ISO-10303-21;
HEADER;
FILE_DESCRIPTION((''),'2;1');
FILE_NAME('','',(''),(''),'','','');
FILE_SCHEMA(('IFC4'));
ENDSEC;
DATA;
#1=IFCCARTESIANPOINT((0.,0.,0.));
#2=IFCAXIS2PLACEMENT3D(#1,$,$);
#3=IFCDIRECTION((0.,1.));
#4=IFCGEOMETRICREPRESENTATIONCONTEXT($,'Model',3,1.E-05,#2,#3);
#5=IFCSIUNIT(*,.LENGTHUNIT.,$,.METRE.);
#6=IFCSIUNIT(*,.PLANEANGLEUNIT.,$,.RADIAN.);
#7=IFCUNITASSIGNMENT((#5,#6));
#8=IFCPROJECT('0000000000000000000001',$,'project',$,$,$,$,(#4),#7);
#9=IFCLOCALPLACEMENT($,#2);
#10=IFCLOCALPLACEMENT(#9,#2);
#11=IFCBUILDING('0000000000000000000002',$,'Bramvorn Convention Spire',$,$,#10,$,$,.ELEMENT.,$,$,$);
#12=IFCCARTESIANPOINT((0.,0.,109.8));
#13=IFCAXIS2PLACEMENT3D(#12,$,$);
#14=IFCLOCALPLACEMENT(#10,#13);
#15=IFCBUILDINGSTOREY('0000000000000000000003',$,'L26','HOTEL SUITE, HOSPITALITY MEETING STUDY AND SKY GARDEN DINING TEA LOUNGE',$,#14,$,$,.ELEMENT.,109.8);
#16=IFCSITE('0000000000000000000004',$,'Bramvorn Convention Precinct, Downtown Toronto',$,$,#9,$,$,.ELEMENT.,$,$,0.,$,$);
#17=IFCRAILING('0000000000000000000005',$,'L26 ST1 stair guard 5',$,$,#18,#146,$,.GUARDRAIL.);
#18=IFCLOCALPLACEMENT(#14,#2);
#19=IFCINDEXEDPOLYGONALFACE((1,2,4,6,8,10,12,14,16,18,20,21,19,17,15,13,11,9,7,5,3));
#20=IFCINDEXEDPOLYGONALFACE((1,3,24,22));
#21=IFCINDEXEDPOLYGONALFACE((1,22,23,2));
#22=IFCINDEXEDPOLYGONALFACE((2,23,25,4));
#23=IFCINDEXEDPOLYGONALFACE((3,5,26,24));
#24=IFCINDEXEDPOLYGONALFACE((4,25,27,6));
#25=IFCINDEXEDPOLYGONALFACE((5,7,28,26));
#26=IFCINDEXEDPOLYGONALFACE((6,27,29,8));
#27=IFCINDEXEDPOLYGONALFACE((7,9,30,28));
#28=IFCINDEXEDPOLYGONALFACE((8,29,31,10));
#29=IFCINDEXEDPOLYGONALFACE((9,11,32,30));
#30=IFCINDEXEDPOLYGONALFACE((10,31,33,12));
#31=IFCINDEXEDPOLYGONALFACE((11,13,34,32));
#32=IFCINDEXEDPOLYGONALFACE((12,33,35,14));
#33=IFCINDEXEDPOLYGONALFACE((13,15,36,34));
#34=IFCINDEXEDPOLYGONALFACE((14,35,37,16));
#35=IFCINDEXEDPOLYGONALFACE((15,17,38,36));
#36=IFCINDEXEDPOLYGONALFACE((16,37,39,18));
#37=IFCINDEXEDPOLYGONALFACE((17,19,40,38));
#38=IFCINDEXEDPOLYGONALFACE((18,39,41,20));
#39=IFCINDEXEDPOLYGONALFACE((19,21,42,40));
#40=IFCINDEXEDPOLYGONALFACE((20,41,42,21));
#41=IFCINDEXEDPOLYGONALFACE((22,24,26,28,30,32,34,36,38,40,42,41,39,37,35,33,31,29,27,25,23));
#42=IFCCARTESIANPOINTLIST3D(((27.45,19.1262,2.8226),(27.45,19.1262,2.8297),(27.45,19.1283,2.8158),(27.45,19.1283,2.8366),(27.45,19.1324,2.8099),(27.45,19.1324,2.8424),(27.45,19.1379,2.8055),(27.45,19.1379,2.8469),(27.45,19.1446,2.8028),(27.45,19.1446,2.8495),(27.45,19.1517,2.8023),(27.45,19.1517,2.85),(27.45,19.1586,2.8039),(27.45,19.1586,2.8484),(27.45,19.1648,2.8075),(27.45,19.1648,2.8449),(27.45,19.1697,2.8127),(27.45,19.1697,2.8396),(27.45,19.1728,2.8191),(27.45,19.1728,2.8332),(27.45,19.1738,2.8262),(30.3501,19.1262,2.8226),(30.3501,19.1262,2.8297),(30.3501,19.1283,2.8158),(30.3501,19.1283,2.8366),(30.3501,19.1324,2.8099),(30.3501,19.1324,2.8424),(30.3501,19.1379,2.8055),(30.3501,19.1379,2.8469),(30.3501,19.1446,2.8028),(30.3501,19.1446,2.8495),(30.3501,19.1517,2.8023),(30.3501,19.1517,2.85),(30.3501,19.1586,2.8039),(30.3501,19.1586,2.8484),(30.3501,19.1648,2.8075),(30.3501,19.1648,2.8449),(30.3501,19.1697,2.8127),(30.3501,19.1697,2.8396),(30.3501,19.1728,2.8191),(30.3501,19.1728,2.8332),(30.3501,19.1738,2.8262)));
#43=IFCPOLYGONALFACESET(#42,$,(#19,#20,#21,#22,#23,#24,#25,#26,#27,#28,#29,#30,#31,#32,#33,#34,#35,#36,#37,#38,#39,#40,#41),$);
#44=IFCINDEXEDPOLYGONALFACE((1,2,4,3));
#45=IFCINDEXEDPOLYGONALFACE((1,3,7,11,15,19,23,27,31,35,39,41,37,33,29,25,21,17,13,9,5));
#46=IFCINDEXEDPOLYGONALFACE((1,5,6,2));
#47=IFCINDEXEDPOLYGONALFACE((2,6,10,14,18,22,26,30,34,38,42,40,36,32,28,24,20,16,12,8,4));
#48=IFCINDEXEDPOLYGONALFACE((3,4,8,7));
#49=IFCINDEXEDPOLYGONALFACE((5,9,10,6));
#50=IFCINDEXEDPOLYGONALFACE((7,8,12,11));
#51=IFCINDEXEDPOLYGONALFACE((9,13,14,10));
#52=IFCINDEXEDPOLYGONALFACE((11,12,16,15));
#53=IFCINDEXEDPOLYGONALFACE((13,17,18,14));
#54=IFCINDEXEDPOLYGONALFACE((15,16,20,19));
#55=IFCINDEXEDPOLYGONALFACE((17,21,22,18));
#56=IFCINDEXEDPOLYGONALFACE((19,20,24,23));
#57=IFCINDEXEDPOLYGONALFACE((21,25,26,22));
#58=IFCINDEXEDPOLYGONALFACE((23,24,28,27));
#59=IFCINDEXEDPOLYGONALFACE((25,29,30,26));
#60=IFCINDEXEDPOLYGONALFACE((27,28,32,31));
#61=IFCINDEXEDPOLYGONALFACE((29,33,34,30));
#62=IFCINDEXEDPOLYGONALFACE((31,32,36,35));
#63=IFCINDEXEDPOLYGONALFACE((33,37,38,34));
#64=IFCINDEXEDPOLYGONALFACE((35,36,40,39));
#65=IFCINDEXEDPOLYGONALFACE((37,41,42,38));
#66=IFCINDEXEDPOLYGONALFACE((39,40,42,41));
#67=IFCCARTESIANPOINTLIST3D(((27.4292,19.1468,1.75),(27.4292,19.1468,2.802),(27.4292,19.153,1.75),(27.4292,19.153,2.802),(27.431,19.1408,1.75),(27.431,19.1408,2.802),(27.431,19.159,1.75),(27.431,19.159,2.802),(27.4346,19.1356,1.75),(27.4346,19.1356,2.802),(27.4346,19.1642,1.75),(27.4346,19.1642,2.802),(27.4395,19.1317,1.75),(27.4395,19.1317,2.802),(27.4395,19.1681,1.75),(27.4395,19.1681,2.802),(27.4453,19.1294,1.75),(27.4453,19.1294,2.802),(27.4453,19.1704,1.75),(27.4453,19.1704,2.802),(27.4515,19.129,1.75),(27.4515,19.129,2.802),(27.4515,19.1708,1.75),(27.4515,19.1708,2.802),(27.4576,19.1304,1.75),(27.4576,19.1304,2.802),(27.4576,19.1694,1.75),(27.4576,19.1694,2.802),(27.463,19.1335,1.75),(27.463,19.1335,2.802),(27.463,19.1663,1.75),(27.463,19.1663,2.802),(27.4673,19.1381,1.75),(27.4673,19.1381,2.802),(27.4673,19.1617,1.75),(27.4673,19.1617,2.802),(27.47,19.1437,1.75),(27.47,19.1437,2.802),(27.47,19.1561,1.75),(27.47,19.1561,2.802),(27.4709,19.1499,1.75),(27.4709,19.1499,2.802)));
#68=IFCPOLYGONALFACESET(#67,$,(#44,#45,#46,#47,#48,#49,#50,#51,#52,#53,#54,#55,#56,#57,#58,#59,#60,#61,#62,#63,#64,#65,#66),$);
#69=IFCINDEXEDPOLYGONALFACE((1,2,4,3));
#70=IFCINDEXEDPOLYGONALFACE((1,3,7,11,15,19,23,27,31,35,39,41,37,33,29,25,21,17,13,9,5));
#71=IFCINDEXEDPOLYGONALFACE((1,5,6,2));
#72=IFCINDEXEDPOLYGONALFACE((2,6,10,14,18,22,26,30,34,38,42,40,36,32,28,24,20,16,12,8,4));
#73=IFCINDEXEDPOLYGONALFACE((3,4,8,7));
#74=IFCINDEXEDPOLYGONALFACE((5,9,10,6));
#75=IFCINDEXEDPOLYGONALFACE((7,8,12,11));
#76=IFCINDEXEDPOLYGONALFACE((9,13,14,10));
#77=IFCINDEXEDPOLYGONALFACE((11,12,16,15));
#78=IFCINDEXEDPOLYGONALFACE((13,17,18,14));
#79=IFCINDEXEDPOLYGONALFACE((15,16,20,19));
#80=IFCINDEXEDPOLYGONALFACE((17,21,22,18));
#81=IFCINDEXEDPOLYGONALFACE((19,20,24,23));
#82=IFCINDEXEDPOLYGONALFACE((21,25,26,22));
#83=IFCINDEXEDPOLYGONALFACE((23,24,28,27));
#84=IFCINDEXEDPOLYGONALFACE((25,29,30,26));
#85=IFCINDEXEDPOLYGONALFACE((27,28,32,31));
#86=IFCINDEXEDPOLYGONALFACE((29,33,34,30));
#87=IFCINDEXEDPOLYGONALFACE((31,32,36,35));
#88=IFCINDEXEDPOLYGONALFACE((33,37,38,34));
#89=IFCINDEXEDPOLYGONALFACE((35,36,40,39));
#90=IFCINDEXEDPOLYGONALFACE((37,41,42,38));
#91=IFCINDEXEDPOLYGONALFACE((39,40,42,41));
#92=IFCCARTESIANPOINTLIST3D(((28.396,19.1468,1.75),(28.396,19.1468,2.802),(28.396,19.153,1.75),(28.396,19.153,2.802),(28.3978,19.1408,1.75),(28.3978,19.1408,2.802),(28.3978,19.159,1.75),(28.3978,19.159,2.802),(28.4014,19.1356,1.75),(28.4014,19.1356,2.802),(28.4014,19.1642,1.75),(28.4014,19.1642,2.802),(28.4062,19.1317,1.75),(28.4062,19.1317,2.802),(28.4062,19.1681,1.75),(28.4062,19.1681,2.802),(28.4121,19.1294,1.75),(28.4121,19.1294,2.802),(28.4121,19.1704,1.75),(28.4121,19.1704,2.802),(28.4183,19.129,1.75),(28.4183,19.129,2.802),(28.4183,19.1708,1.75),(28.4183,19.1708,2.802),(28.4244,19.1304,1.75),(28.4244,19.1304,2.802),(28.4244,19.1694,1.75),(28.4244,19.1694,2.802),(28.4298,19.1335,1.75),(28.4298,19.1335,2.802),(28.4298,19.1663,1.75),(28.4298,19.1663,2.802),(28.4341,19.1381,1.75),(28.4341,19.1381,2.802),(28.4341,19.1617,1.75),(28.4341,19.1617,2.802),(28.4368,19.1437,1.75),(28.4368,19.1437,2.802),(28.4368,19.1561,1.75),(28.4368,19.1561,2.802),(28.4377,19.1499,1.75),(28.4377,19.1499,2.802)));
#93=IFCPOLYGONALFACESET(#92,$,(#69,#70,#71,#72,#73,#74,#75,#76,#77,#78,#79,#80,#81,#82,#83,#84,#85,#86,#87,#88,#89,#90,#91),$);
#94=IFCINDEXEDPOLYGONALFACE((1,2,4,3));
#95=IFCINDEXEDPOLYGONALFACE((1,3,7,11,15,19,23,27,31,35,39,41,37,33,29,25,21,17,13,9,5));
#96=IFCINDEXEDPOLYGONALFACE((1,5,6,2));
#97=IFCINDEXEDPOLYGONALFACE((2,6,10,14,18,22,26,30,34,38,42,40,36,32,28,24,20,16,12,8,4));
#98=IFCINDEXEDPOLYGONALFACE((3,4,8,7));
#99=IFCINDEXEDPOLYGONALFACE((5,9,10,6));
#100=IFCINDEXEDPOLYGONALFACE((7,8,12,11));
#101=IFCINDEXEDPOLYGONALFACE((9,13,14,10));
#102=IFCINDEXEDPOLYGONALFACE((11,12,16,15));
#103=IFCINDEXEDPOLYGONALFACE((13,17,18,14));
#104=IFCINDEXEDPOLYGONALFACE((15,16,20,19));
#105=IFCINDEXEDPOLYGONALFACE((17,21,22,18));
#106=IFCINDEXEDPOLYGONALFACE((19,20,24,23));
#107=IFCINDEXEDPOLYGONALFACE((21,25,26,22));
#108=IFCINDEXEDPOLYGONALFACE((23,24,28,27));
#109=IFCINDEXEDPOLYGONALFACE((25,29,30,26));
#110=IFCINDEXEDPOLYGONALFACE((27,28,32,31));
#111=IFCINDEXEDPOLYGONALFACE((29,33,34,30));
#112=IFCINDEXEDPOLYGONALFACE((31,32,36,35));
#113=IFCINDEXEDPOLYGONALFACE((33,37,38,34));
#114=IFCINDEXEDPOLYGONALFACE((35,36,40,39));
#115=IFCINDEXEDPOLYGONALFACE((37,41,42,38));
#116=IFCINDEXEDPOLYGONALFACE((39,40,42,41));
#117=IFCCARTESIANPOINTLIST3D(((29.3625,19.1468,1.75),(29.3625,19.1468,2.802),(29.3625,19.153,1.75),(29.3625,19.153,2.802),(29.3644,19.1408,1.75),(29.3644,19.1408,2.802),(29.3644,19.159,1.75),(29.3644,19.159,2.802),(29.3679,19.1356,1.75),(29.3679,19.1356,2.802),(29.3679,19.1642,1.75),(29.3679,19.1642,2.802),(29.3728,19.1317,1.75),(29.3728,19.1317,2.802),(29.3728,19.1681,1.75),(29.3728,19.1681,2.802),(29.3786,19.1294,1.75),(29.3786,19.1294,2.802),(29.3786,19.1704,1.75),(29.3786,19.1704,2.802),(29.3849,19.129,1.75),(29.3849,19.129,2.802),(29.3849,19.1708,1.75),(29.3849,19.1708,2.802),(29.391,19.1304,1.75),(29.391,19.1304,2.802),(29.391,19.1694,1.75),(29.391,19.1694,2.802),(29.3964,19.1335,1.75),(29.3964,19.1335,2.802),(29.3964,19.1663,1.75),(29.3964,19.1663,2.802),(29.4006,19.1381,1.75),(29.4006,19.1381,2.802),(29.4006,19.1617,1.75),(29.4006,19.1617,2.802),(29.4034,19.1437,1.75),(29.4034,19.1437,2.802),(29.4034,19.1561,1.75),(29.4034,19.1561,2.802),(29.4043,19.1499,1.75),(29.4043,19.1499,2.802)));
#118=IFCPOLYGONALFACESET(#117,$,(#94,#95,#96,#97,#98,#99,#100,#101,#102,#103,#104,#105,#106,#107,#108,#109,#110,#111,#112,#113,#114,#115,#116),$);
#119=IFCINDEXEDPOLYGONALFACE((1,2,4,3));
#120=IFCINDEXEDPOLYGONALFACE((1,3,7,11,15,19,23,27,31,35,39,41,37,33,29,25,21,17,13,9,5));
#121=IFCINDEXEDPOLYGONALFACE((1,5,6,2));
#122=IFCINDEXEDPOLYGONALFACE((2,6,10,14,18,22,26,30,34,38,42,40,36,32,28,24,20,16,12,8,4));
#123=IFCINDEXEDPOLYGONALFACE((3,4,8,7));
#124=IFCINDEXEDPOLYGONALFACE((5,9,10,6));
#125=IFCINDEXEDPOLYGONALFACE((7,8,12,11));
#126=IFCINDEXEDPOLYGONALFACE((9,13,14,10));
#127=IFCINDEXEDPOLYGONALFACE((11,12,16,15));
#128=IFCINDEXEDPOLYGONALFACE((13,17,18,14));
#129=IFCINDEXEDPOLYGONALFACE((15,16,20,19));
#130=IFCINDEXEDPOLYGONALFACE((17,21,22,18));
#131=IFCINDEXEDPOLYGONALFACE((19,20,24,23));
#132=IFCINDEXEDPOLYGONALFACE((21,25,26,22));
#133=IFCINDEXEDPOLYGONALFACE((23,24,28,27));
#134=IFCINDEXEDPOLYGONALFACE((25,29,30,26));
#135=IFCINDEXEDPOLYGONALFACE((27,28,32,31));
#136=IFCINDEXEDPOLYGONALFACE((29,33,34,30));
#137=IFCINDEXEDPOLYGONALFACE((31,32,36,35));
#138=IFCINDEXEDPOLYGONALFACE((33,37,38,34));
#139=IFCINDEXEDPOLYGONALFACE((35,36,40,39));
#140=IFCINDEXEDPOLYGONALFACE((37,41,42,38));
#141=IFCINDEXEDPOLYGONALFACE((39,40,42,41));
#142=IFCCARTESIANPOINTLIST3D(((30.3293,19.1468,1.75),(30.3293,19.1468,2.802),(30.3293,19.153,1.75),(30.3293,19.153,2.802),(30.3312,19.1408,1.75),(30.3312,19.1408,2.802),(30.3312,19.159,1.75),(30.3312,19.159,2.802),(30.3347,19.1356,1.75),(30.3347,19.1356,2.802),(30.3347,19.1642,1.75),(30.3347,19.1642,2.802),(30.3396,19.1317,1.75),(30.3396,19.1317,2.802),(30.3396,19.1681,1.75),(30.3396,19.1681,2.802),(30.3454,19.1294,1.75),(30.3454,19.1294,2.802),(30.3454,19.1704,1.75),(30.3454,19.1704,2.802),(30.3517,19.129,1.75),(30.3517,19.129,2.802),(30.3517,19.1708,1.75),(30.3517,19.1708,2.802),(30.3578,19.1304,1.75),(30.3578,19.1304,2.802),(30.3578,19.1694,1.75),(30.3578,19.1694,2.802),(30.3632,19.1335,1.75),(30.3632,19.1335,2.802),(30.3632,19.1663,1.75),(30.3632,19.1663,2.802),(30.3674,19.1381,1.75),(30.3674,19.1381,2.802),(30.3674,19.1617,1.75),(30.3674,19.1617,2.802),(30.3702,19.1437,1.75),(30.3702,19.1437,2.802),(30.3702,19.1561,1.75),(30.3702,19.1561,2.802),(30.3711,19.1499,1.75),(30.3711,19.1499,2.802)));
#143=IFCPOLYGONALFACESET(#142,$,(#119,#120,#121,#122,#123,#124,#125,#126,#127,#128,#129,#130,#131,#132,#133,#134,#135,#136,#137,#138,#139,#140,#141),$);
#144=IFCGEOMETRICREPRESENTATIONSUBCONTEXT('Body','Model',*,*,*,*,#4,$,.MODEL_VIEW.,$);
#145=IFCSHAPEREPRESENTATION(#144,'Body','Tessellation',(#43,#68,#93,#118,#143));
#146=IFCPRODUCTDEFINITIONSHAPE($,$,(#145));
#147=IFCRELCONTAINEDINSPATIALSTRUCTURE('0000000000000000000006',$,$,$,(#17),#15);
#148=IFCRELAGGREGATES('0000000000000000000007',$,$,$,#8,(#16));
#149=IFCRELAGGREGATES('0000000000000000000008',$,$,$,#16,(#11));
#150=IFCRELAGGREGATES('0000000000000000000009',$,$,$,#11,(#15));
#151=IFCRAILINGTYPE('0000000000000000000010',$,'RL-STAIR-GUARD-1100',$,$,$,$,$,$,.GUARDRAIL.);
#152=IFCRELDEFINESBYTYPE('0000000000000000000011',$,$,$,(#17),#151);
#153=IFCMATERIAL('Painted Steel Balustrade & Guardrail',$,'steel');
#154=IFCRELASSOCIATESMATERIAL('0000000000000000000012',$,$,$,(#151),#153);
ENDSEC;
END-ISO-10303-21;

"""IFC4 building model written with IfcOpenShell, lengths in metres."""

from ifc_helpers import new_model, si_unit, direction, frame, origin, origin_2d, place, context, subcontext, project, spatial, circle, extrude, material, type_object, element, save


model = new_model("IFC4")

# Units and contexts
model_context = context("Model", 3, precision=1e-05, world=origin(), true_north=direction((0.0, 1.0)))
body_context = subcontext(model_context, "Body", "Model", "MODEL_VIEW")
ifc_project = project(units=[si_unit("LENGTHUNIT", "METRE"), si_unit("PLANEANGLEUNIT", "RADIAN")], contexts=[model_context])

# Site, building, storey
site_placement = place(None, origin())
site = spatial("IfcSite", under=ifc_project, at=site_placement, Name="Bramvorn Convention Precinct, Downtown Toronto", CompositionType="ELEMENT", RefElevation=0.0)
building_placement = place(site_placement, origin())
building = spatial("IfcBuilding", under=site, at=building_placement, Name="Bramvorn Convention Spire", CompositionType="ELEMENT")
storey_placement = place(building_placement, frame((0.0, 0.0, 109.8)))
storey = spatial("IfcBuildingStorey", under=building, at=storey_placement, Name="L26", Description="HOTEL SUITE, HOSPITALITY MEETING STUDY AND SKY GARDEN DINING TEA LOUNGE", CompositionType="ELEMENT", Elevation=109.8)

# Railing
ifc_material_1 = material(Name="Painted Steel Balustrade & Guardrail", Category="steel")
railing_type = type_object("IfcRailingType", Name="RL-STAIR-GUARD-1100", PredefinedType="GUARDRAIL", material=ifc_material_1)
railing_1_placement = place(storey_placement, frame((27.45, 19.1499, 1.75)))
element("IfcRailing", 1, at=railing_1_placement, inside=storey, type_object=railing_type, Name="L26 ST1 stair guard 5", PredefinedType="GUARDRAIL", context=body_context, shape_type="SweptSolid", body=[
    extrude(circle(Radius=0.0239, at=origin_2d()), frame((0.0, 0.0, 1.0762), z_axis=(1.0, 0.0, 0.0), x_axis=(0.0, 1.0, 0.0)), (0.0, 0.0, 1.0), 2.9001),
    extrude(circle(Radius=0.021, at=origin_2d()), origin(), (0.0, 0.0, 1.0), 1.052),
    extrude(circle(Radius=0.021, at=origin_2d()), frame((0.9668, 0.0, 0.0)), (0.0, 0.0, 1.0), 1.052),
    extrude(circle(Radius=0.021, at=origin_2d()), frame((1.9333, 0.0, 0.0)), (0.0, 0.0, 1.0), 1.052),
    extrude(circle(Radius=0.021, at=origin_2d()), frame((2.9001, 0.0, 0.0)), (0.0, 0.0, 1.0), 1.052),
])

save(model, "model.ifc")
